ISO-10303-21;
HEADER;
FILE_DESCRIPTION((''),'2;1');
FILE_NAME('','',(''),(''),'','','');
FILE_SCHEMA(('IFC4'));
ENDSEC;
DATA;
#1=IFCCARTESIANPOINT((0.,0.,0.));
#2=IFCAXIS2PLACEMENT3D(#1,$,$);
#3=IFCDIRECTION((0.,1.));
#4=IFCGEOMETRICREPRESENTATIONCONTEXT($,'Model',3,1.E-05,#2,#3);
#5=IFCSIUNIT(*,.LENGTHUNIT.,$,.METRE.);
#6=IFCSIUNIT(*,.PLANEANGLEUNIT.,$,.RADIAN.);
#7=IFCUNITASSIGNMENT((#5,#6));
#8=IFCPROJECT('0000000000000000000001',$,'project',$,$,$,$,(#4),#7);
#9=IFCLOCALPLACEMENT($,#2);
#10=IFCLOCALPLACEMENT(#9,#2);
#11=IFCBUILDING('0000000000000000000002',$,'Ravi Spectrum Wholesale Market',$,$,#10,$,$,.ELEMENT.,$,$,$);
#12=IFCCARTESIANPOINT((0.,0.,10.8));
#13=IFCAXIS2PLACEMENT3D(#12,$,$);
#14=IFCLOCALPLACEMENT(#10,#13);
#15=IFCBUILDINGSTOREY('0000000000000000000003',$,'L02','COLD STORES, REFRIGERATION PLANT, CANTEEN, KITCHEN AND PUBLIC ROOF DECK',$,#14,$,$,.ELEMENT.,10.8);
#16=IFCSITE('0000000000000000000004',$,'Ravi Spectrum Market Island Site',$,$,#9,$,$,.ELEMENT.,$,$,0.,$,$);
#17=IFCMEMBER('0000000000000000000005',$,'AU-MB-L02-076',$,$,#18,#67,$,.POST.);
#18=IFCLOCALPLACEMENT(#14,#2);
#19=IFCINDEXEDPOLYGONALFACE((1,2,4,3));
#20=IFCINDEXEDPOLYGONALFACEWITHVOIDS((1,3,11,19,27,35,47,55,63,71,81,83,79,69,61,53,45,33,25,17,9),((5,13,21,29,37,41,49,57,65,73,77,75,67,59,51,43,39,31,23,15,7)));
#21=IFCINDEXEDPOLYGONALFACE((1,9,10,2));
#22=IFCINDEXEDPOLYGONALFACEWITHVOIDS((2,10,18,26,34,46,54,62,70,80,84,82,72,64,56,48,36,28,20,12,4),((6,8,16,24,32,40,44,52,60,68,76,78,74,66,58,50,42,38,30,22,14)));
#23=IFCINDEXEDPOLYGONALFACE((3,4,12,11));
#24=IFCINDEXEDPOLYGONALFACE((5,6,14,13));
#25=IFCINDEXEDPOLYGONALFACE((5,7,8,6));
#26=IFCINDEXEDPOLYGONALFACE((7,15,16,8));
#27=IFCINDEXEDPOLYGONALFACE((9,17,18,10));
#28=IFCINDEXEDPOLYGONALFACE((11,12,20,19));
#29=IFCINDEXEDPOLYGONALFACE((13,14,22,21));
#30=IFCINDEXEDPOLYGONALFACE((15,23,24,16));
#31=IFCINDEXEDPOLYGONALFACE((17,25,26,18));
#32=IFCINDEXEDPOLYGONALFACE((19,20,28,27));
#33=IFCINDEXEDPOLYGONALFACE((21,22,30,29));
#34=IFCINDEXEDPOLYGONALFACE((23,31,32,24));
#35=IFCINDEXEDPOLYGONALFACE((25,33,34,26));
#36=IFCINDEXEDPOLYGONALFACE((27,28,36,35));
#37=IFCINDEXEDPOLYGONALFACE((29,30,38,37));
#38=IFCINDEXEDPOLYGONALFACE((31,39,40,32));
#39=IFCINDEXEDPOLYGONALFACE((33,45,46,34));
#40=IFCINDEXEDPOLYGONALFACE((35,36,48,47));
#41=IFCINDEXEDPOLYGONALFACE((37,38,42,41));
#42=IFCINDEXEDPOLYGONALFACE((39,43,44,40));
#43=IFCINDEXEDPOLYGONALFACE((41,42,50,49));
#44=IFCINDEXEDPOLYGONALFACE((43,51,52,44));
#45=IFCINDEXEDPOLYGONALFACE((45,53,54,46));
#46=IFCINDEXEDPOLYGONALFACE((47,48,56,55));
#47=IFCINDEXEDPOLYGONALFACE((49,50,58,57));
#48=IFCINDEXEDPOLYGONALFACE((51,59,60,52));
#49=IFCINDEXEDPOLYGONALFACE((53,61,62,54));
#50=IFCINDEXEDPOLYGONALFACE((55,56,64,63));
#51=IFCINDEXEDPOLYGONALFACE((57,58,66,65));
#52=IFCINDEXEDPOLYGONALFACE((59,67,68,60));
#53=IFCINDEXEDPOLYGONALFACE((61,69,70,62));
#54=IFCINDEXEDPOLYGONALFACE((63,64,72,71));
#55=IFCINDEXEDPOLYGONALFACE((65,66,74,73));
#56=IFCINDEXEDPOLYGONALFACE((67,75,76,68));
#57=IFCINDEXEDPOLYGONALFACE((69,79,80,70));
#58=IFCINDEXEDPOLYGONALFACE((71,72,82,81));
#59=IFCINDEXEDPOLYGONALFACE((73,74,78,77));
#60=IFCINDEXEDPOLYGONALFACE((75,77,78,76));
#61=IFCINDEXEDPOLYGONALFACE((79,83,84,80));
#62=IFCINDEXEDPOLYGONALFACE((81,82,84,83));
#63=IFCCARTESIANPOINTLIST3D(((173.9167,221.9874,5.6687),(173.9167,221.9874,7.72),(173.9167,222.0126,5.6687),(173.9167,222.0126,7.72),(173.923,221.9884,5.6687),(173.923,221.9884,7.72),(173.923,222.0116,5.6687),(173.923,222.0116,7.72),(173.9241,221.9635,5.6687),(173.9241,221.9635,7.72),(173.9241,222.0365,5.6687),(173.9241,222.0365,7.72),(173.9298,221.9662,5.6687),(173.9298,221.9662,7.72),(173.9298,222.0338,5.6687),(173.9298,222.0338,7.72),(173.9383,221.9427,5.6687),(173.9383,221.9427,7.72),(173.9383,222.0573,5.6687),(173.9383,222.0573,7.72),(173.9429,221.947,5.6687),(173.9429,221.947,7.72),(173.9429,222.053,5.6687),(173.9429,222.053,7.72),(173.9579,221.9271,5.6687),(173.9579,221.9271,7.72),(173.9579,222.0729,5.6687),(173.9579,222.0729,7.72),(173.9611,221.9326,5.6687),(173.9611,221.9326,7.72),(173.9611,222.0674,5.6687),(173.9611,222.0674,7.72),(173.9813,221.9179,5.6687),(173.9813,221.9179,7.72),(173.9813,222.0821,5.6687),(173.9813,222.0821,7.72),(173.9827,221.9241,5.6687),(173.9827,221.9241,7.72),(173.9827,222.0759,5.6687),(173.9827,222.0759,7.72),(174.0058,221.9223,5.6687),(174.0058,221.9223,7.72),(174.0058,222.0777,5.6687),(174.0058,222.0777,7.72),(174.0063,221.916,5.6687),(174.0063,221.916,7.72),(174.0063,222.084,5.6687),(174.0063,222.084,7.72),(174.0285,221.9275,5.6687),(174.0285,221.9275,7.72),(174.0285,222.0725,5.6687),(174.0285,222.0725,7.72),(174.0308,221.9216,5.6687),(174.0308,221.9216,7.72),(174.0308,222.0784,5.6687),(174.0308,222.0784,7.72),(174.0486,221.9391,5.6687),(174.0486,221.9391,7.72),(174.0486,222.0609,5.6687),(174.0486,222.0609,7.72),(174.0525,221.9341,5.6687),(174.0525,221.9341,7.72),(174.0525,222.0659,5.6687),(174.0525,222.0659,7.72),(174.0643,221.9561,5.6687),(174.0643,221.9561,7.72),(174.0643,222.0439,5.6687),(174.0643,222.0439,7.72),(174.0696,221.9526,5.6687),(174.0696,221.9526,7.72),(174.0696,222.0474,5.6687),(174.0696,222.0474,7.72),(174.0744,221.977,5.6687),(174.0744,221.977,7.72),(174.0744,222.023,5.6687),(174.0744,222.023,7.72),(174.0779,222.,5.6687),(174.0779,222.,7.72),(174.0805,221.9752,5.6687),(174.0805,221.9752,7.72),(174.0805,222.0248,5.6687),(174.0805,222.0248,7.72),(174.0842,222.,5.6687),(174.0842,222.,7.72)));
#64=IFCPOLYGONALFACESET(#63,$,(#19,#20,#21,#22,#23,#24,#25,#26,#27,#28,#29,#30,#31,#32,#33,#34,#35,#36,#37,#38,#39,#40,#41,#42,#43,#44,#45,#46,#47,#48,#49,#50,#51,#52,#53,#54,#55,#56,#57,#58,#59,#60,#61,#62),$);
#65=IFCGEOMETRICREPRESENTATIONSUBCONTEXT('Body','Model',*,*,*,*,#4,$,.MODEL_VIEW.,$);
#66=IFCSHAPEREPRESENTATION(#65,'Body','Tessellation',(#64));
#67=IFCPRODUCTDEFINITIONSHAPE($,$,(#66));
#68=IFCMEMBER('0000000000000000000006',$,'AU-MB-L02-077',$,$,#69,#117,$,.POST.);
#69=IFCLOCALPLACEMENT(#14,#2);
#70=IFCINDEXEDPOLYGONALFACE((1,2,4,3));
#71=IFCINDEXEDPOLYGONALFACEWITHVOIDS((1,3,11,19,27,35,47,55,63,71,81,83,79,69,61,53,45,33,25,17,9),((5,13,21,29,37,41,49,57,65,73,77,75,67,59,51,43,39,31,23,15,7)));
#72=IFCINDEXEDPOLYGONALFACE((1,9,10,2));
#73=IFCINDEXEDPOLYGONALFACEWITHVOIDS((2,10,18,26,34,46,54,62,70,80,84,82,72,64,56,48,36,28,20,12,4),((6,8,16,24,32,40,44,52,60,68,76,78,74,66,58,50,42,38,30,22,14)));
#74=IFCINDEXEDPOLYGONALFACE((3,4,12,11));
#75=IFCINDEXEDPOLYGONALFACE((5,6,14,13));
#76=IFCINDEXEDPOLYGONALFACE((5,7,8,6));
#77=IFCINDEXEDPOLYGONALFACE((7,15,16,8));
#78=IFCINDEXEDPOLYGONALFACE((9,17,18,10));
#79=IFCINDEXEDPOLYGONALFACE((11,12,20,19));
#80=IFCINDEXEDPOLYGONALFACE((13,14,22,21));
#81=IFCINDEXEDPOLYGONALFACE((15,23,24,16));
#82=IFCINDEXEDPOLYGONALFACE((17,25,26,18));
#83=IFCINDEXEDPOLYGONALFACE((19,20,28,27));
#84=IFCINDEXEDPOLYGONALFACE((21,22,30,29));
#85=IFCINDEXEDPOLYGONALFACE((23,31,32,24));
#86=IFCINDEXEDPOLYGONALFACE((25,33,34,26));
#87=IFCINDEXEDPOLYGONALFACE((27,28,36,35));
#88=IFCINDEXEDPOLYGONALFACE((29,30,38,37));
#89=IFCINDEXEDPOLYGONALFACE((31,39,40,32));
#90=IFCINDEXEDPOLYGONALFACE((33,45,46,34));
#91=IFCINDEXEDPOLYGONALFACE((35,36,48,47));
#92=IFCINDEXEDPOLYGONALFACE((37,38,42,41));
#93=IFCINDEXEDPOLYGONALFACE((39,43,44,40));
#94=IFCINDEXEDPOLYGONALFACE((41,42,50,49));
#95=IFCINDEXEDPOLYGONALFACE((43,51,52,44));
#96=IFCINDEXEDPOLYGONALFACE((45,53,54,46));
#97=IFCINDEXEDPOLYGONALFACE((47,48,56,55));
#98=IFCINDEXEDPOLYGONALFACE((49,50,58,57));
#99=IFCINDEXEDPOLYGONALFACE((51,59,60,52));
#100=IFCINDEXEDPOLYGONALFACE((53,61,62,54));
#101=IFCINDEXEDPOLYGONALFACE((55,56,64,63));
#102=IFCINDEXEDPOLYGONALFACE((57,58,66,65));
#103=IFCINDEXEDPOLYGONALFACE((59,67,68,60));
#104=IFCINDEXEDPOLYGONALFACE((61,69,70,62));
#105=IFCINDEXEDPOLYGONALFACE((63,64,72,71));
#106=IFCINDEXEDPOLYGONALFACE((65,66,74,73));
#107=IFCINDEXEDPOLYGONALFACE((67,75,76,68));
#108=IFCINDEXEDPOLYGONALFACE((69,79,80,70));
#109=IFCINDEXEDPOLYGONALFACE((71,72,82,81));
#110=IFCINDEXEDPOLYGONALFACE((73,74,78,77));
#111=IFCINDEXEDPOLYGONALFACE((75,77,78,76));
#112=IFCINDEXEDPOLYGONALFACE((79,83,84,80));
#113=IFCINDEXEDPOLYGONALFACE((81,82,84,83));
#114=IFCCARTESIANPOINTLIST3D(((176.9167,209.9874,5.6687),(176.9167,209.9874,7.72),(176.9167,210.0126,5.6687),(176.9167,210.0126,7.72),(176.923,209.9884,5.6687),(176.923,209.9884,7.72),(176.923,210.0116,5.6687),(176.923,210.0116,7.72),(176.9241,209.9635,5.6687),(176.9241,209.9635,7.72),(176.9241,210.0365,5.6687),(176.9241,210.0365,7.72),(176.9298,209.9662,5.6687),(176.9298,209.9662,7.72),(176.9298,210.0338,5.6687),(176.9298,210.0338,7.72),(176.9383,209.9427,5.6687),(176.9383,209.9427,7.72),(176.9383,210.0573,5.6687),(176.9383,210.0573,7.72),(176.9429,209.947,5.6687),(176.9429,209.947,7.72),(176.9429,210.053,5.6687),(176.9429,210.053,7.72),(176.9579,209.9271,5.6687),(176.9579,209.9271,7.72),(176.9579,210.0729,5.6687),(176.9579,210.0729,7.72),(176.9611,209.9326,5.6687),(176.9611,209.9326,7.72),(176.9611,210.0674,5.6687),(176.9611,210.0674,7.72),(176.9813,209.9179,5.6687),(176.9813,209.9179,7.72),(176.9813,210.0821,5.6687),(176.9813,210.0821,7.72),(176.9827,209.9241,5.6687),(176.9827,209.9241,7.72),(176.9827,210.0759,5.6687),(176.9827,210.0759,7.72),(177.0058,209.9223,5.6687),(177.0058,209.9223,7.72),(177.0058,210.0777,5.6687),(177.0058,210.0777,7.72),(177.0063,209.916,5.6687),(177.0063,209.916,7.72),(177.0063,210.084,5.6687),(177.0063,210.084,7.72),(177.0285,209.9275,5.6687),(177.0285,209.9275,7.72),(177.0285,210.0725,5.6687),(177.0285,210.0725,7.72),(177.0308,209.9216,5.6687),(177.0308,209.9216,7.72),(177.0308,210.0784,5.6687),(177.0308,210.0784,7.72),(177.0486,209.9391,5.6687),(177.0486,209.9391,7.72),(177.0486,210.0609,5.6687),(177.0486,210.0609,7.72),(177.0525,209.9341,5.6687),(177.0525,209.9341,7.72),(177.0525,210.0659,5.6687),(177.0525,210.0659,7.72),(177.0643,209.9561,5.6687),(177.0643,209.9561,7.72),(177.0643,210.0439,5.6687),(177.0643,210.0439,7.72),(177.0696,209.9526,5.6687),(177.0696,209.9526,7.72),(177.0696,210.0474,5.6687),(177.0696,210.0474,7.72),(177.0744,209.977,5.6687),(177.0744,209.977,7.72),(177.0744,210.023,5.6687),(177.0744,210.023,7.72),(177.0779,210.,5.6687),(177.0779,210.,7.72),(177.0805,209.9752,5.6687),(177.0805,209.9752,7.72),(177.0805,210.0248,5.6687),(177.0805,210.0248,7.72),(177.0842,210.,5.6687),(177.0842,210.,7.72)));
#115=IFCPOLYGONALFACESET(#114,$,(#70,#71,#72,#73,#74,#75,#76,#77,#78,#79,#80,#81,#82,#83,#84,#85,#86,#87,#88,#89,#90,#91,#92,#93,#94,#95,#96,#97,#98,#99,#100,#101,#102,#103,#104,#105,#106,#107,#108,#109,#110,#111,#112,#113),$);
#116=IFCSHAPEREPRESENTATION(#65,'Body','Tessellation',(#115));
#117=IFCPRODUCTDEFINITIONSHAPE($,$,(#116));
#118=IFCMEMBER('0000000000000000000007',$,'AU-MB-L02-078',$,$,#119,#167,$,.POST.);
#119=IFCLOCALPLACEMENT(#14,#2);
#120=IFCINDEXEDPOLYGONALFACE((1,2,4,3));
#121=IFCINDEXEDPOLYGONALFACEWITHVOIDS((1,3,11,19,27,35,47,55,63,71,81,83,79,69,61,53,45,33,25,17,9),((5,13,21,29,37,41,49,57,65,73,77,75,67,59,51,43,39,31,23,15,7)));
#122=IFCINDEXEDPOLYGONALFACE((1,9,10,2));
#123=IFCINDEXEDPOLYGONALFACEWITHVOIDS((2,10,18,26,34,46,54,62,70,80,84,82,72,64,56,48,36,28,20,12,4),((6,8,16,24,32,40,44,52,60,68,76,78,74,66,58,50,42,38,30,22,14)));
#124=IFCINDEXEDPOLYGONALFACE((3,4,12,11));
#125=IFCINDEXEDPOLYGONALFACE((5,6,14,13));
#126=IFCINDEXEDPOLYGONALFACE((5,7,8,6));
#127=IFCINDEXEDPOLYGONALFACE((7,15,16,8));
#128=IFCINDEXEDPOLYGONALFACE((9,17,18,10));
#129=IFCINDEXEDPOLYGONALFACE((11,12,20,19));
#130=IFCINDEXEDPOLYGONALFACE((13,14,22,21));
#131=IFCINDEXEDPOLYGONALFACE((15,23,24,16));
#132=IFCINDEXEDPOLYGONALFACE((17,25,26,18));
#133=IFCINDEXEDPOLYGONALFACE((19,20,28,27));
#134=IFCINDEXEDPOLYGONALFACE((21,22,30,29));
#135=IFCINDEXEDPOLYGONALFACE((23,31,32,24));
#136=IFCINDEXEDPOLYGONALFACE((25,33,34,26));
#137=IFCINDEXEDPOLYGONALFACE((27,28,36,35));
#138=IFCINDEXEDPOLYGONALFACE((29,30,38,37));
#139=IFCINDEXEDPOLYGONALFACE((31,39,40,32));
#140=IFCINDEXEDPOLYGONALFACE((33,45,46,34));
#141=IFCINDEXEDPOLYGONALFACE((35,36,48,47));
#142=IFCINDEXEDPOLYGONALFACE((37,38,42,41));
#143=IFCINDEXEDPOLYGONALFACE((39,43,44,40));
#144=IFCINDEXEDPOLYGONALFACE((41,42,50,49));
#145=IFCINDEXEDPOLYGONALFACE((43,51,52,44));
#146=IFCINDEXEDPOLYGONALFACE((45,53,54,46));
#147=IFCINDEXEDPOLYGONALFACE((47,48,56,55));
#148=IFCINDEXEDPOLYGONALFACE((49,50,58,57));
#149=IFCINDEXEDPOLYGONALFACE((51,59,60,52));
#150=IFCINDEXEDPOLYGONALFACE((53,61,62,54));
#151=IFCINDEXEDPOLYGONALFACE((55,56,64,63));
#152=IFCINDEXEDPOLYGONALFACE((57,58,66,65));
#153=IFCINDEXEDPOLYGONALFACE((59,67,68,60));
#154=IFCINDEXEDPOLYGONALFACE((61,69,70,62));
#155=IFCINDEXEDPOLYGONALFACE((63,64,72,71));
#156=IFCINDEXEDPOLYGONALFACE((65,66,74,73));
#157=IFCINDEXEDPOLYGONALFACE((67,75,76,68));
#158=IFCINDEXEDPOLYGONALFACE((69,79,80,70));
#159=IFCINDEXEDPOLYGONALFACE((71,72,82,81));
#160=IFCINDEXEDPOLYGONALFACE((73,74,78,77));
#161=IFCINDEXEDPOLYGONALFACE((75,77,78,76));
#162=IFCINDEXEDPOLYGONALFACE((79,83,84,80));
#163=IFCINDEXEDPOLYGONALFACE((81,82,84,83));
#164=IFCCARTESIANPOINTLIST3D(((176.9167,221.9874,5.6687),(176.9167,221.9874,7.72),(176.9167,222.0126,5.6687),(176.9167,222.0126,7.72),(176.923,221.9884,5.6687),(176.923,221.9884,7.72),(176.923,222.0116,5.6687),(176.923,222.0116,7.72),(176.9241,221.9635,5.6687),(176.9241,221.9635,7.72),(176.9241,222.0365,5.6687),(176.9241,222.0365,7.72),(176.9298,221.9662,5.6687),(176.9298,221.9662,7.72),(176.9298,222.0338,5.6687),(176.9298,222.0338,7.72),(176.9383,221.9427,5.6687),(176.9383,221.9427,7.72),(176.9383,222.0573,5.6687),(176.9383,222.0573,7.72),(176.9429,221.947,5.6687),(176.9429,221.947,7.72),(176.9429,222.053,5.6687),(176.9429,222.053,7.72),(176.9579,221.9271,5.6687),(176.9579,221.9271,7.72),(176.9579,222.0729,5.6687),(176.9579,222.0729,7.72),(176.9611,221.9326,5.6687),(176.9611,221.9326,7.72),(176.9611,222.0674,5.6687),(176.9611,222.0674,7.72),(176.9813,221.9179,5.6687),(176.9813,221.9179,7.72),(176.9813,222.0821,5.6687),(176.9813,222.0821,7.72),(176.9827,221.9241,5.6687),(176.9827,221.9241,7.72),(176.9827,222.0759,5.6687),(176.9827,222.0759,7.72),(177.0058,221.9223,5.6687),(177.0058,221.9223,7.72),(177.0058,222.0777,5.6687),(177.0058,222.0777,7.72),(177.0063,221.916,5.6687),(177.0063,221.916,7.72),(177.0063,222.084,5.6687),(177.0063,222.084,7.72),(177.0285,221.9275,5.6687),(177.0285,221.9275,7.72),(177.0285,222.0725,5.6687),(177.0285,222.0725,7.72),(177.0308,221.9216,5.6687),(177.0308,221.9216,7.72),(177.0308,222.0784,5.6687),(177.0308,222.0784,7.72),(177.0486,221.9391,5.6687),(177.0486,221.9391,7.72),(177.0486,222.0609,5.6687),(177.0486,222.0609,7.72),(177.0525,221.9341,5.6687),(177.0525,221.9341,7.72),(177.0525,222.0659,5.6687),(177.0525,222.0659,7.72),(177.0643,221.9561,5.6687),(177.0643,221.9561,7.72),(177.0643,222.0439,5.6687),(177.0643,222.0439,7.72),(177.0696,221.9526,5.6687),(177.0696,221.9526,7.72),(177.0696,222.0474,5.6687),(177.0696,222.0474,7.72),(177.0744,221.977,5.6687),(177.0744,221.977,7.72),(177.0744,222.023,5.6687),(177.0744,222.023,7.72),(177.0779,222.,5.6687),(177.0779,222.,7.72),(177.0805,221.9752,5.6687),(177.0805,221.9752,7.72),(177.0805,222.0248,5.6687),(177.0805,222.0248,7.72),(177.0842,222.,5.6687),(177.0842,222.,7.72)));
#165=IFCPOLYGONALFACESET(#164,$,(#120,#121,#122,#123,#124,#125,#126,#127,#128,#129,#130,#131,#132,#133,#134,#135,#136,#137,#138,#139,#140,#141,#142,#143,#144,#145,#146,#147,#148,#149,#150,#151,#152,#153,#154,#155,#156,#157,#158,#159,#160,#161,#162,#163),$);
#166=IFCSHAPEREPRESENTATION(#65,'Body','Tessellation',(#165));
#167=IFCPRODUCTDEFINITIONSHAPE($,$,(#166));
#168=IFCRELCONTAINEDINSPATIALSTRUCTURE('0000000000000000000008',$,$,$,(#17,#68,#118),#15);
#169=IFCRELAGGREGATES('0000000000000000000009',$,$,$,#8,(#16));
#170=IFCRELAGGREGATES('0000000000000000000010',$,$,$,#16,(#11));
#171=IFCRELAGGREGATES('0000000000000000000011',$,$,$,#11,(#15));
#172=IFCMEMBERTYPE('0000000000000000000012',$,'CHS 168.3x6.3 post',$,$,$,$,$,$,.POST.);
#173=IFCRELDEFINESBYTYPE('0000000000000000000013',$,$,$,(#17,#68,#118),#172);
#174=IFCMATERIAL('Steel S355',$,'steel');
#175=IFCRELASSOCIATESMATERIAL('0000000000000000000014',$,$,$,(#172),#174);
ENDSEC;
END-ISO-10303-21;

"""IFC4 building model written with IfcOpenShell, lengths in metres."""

from ifc_helpers import new_model, si_unit, direction, frame, origin, origin_2d, place, context, subcontext, project, spatial, hollow_circle, extrude, material, material_profile, profile_set, type_object, element, save


model = new_model("IFC4")

# Units and contexts
model_context = context("Model", 3, precision=1e-05, world=origin(), true_north=direction((0.0, 1.0)))
body_context = subcontext(model_context, "Body", "Model", "MODEL_VIEW")
ifc_project = project(units=[si_unit("LENGTHUNIT", "METRE"), si_unit("PLANEANGLEUNIT", "RADIAN")], contexts=[model_context])

# Site, building, storey
site_placement = place(None, origin())
site = spatial("IfcSite", under=ifc_project, at=site_placement, Name="Ravi Spectrum Market Island Site", CompositionType="ELEMENT", RefElevation=0.0)
building_placement = place(site_placement, origin())
building = spatial("IfcBuilding", under=site, at=building_placement, Name="Ravi Spectrum Wholesale Market", CompositionType="ELEMENT")
storey_placement = place(building_placement, frame((0.0, 0.0, 10.8)))
storey = spatial("IfcBuildingStorey", under=building, at=storey_placement, Name="L02", Description="COLD STORES, REFRIGERATION PLANT, CANTEEN, KITCHEN AND PUBLIC ROOF DECK", CompositionType="ELEMENT", Elevation=10.8)

# Members
ifc_material_1 = material(Name="Steel S355", Category="steel")
ifc_material_profile_1 = material_profile(ifc_material_1, hollow_circle(Radius=0.0842, WallThickness=0.0063, at=origin_2d()))
ifc_profile_set_1 = profile_set([ifc_material_profile_1], Name="Steel S355")
member_type_1 = type_object("IfcMemberType", Name="CHS 168.3x6.3 post", PredefinedType="POST", material=ifc_profile_set_1)
for number, where, z_axis, x_axis, name in (
    (1, (174.0, 222.0, 5.6687), (0.0, 0.0, 1.0), (1.0, 0.0, 0.0), "AU-MB-L02-076"),
    (2, (177.0, 210.0, 5.6687), (0.0, 0.0, 1.0), (1.0, 0.0, 0.0), "AU-MB-L02-077"),
    (3, (177.0, 222.0, 5.6687), (0.0, 0.0, 1.0), (1.0, 0.0, 0.0), "AU-MB-L02-078"),
):
    element("IfcMember", number, at=place(storey_placement, frame(where, z_axis=z_axis, x_axis=x_axis)), inside=storey, type_object=member_type_1, Name=name, PredefinedType="POST", context=body_context, shape_type="SweptSolid", body=[
        extrude(hollow_circle(Radius=0.0842, WallThickness=0.0063, at=origin_2d()), origin(), (0.0, 0.0, 1.0), 2.0513),
    ])

save(model, "model.ifc")
